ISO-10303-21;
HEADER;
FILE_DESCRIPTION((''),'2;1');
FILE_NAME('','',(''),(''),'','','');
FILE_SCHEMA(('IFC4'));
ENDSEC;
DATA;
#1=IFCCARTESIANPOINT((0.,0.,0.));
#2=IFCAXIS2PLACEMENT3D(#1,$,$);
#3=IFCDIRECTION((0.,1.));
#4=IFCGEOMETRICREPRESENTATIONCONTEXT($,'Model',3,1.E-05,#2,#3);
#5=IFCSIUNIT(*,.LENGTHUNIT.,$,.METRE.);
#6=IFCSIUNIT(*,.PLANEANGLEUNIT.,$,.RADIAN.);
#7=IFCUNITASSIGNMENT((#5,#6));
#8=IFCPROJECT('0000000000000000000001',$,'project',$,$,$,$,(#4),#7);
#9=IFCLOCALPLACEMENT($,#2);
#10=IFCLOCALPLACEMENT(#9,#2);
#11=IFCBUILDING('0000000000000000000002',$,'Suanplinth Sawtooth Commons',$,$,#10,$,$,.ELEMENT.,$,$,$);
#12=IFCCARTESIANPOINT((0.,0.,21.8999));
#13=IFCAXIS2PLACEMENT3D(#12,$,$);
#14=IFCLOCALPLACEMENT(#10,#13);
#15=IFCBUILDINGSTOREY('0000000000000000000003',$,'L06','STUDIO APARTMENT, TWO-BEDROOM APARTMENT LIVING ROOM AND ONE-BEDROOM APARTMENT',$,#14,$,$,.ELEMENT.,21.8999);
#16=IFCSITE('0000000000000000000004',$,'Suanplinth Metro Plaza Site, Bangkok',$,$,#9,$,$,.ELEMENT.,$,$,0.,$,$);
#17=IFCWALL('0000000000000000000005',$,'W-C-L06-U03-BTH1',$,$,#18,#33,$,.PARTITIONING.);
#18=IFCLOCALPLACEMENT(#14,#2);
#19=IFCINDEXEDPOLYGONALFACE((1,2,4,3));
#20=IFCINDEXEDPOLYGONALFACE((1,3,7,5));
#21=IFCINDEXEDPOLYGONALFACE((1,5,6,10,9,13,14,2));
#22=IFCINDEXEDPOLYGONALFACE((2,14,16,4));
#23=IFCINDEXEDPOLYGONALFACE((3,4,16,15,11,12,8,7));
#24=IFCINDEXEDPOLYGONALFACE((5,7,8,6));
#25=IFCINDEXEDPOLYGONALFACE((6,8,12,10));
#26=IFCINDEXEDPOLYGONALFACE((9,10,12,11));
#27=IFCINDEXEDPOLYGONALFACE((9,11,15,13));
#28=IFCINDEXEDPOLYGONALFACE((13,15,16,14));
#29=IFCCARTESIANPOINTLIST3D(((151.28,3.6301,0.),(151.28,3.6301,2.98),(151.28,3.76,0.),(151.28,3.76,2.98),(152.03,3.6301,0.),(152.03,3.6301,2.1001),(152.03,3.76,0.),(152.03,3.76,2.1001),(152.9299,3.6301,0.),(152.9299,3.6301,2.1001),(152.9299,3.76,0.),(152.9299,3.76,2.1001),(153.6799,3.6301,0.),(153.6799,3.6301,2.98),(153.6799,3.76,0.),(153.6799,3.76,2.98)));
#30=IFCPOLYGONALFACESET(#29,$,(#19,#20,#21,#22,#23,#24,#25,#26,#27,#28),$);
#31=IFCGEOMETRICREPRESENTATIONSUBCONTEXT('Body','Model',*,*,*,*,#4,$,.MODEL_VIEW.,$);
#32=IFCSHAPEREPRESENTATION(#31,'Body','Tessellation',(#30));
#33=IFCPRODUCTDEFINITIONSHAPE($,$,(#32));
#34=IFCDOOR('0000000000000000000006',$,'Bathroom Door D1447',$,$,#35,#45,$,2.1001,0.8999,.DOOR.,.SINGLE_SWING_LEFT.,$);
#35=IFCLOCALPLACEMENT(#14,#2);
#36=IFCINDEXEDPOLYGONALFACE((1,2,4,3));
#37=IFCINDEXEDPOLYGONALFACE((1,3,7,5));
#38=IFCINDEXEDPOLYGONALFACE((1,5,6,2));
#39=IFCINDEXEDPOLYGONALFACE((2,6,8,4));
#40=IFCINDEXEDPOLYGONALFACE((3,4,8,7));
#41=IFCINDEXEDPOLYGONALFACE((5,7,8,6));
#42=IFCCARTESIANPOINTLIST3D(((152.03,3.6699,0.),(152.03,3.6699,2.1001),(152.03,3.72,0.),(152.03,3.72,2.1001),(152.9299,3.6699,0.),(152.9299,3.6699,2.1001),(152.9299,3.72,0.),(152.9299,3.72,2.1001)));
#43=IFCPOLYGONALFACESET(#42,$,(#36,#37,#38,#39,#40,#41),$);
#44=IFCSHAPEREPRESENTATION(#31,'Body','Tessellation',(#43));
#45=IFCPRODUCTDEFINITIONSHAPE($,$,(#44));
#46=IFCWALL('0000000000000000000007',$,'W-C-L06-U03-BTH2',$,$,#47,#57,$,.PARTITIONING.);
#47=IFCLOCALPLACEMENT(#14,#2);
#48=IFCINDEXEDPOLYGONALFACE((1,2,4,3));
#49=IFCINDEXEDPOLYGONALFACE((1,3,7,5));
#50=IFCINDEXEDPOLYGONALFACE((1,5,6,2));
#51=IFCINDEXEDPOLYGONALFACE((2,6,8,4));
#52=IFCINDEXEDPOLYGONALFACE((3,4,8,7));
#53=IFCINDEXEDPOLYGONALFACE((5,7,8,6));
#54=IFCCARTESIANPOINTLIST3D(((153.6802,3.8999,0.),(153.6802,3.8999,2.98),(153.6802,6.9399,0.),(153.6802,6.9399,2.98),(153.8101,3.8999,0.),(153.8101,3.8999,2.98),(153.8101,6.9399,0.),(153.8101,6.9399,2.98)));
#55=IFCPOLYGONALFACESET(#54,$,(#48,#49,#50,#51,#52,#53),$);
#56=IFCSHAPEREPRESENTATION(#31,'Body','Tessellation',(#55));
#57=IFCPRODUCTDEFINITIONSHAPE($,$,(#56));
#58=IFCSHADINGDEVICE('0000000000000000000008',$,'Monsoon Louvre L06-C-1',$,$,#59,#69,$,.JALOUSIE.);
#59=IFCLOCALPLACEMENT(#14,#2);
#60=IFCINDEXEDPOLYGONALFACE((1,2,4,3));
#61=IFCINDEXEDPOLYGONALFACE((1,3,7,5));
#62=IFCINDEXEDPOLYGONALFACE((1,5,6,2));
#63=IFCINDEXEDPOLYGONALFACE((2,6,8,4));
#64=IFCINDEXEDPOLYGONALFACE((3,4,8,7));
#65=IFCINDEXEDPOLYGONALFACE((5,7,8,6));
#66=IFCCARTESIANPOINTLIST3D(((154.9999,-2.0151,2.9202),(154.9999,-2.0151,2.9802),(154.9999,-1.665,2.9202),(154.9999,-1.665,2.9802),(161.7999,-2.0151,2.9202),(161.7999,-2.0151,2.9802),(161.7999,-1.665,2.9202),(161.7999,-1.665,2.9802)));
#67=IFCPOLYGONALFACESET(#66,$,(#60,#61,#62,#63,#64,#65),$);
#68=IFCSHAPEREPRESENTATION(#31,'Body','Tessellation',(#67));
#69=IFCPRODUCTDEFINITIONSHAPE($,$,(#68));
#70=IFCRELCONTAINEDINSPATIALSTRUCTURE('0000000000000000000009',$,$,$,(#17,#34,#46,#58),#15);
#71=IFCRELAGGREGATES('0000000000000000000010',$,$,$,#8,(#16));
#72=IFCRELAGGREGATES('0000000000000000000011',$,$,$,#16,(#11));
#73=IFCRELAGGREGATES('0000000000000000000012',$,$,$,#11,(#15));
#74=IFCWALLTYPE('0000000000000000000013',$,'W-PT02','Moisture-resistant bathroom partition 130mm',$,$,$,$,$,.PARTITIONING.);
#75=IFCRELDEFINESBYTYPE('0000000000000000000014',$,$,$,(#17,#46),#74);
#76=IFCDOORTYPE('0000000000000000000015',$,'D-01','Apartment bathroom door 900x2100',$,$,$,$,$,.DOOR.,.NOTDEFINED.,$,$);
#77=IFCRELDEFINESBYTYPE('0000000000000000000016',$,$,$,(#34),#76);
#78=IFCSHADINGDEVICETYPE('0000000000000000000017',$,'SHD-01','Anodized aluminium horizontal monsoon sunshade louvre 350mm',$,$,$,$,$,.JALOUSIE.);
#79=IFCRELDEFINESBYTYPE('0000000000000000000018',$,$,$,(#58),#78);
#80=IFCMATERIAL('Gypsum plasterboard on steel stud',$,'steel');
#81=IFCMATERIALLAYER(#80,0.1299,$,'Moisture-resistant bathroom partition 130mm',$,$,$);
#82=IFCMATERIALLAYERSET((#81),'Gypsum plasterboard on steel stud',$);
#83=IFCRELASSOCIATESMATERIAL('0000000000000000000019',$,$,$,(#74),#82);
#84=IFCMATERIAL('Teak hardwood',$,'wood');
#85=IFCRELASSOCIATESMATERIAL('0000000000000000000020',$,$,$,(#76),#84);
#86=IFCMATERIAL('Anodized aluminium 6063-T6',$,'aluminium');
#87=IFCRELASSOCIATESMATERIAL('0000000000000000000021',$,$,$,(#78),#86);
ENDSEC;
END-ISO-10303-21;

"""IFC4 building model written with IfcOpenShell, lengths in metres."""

from ifc_helpers import new_model, si_unit, direction, frame, frame_2d, origin, origin_2d, place, context, subcontext, project, spatial, rectangle, extrude, material, layer, layer_set, type_object, element, fill, save


model = new_model("IFC4")

# Units and contexts
model_context = context("Model", 3, precision=1e-05, world=origin(), true_north=direction((0.0, 1.0)))
body_context = subcontext(model_context, "Body", "Model", "MODEL_VIEW")
ifc_project = project(units=[si_unit("LENGTHUNIT", "METRE"), si_unit("PLANEANGLEUNIT", "RADIAN")], contexts=[model_context])

# Site, building, storey
site_placement = place(None, origin())
site = spatial("IfcSite", under=ifc_project, at=site_placement, Name="Suanplinth Metro Plaza Site, Bangkok", CompositionType="ELEMENT", RefElevation=0.0)
building_placement = place(site_placement, origin())
building = spatial("IfcBuilding", under=site, at=building_placement, Name="Suanplinth Sawtooth Commons", CompositionType="ELEMENT")
storey_placement = place(building_placement, frame((0.0, 0.0, 21.8999)))
storey = spatial("IfcBuildingStorey", under=building, at=storey_placement, Name="L06", Description="STUDIO APARTMENT, TWO-BEDROOM APARTMENT LIVING ROOM AND ONE-BEDROOM APARTMENT", CompositionType="ELEMENT", Elevation=21.8999)

# Shared definitions
ifc_material_1 = material(Name="Anodized aluminium 6063-T6", Category="aluminium")

# Shared definitions
ifc_material_2 = material(Name="Teak hardwood", Category="wood")

# Shared definitions
ifc_material_3 = material(Name="Gypsum plasterboard on steel stud", Category="steel")

# Wall, opening, door
ifc_layer_1 = layer(ifc_material_3, 0.1299, Name="Moisture-resistant bathroom partition 130mm")
ifc_layer_set_1 = layer_set([ifc_layer_1], Name="Gypsum plasterboard on steel stud")
wall_type_1 = type_object("IfcWallType", Name="W-PT02", Description="Moisture-resistant bathroom partition 130mm", PredefinedType="PARTITIONING", material=ifc_layer_set_1)
wall_1_placement = place(storey_placement, frame((151.28, 3.6951, 0.0), z_axis=(0.0, 0.0, 1.0), x_axis=(1.0, 0.0, 0.0)))
wall_1 = element("IfcWall", 1, at=wall_1_placement, inside=storey, type_object=wall_type_1, Name="W-C-L06-U03-BTH1", PredefinedType="PARTITIONING", context=body_context, shape_type="SweptSolid", body=[
    extrude(rectangle(XDim=2.3999, YDim=0.1299, at=frame_2d((1.2, 0.0))), origin(), (0.0, 0.0, 1.0), 2.98),
])
opening_1_placement = place(wall_1_placement, frame((0.75, 0.0, 0.0)))
opening_1 = element("IfcOpeningElement", 2, at=opening_1_placement, cuts=wall_1, PredefinedType="OPENING", context=body_context, shape_type="SweptSolid", body=[
    extrude(rectangle(XDim=0.8999, YDim=2.1001, at=frame_2d((0.45, 1.05))), frame((0.0, 0.0798, 0.0), z_axis=(0.0, -1.0, 0.0), x_axis=(1.0, 0.0, 0.0)), (0.0, 0.0, 1.0), 0.1597),
])
door_type_1 = type_object("IfcDoorType", Name="D-01", Description="Apartment bathroom door 900x2100", OperationType="NOTDEFINED", PredefinedType="DOOR", material=ifc_material_2)
door_1_placement = place(opening_1_placement, origin())
door_1 = element("IfcDoor", 3, at=door_1_placement, inside=storey, type_object=door_type_1, Name="Bathroom Door D1447", OperationType="SINGLE_SWING_LEFT", OverallHeight=2.1001, OverallWidth=0.8999, PredefinedType="DOOR", context=body_context, shape_type="SweptSolid", body=[
    extrude(rectangle(XDim=0.8999, YDim=2.1001, at=frame_2d((0.45, 1.05))), frame((0.0, 0.0249, 0.0), z_axis=(0.0, -1.0, 0.0), x_axis=(1.0, 0.0, 0.0)), (0.0, 0.0, 1.0), 0.05),
])
fill(opening_1, door_1)

# Wall
wall_2_placement = place(storey_placement, frame((153.7451, 3.8999, 0.0), z_axis=(0.0, 0.0, 1.0), x_axis=(0.0, 1.0, 0.0)))
element("IfcWall", 4, at=wall_2_placement, inside=storey, type_object=wall_type_1, Name="W-C-L06-U03-BTH2", PredefinedType="PARTITIONING", context=body_context, shape_type="SweptSolid", body=[
    extrude(rectangle(XDim=3.04, YDim=0.1299, at=frame_2d((1.52, 0.0))), origin(), (0.0, 0.0, 1.0), 2.98),
])

# Shading device
shading_device_type = type_object("IfcShadingDeviceType", Name="SHD-01", Description="Anodized aluminium horizontal monsoon sunshade louvre 350mm", PredefinedType="JALOUSIE", material=ifc_material_1)
shading_device_placement = place(storey_placement, frame((158.3999, -1.8401, 2.9202), z_axis=(0.0, 0.0, 1.0), x_axis=(1.0, 0.0, 0.0)))
element("IfcShadingDevice", 5, at=shading_device_placement, inside=storey, type_object=shading_device_type, Name="Monsoon Louvre L06-C-1", PredefinedType="JALOUSIE", context=body_context, shape_type="SweptSolid", body=[
    extrude(rectangle(XDim=6.8, YDim=0.3501, at=origin_2d()), origin(), (0.0, 0.0, 1.0), 0.0601),
])

save(model, "model.ifc")
